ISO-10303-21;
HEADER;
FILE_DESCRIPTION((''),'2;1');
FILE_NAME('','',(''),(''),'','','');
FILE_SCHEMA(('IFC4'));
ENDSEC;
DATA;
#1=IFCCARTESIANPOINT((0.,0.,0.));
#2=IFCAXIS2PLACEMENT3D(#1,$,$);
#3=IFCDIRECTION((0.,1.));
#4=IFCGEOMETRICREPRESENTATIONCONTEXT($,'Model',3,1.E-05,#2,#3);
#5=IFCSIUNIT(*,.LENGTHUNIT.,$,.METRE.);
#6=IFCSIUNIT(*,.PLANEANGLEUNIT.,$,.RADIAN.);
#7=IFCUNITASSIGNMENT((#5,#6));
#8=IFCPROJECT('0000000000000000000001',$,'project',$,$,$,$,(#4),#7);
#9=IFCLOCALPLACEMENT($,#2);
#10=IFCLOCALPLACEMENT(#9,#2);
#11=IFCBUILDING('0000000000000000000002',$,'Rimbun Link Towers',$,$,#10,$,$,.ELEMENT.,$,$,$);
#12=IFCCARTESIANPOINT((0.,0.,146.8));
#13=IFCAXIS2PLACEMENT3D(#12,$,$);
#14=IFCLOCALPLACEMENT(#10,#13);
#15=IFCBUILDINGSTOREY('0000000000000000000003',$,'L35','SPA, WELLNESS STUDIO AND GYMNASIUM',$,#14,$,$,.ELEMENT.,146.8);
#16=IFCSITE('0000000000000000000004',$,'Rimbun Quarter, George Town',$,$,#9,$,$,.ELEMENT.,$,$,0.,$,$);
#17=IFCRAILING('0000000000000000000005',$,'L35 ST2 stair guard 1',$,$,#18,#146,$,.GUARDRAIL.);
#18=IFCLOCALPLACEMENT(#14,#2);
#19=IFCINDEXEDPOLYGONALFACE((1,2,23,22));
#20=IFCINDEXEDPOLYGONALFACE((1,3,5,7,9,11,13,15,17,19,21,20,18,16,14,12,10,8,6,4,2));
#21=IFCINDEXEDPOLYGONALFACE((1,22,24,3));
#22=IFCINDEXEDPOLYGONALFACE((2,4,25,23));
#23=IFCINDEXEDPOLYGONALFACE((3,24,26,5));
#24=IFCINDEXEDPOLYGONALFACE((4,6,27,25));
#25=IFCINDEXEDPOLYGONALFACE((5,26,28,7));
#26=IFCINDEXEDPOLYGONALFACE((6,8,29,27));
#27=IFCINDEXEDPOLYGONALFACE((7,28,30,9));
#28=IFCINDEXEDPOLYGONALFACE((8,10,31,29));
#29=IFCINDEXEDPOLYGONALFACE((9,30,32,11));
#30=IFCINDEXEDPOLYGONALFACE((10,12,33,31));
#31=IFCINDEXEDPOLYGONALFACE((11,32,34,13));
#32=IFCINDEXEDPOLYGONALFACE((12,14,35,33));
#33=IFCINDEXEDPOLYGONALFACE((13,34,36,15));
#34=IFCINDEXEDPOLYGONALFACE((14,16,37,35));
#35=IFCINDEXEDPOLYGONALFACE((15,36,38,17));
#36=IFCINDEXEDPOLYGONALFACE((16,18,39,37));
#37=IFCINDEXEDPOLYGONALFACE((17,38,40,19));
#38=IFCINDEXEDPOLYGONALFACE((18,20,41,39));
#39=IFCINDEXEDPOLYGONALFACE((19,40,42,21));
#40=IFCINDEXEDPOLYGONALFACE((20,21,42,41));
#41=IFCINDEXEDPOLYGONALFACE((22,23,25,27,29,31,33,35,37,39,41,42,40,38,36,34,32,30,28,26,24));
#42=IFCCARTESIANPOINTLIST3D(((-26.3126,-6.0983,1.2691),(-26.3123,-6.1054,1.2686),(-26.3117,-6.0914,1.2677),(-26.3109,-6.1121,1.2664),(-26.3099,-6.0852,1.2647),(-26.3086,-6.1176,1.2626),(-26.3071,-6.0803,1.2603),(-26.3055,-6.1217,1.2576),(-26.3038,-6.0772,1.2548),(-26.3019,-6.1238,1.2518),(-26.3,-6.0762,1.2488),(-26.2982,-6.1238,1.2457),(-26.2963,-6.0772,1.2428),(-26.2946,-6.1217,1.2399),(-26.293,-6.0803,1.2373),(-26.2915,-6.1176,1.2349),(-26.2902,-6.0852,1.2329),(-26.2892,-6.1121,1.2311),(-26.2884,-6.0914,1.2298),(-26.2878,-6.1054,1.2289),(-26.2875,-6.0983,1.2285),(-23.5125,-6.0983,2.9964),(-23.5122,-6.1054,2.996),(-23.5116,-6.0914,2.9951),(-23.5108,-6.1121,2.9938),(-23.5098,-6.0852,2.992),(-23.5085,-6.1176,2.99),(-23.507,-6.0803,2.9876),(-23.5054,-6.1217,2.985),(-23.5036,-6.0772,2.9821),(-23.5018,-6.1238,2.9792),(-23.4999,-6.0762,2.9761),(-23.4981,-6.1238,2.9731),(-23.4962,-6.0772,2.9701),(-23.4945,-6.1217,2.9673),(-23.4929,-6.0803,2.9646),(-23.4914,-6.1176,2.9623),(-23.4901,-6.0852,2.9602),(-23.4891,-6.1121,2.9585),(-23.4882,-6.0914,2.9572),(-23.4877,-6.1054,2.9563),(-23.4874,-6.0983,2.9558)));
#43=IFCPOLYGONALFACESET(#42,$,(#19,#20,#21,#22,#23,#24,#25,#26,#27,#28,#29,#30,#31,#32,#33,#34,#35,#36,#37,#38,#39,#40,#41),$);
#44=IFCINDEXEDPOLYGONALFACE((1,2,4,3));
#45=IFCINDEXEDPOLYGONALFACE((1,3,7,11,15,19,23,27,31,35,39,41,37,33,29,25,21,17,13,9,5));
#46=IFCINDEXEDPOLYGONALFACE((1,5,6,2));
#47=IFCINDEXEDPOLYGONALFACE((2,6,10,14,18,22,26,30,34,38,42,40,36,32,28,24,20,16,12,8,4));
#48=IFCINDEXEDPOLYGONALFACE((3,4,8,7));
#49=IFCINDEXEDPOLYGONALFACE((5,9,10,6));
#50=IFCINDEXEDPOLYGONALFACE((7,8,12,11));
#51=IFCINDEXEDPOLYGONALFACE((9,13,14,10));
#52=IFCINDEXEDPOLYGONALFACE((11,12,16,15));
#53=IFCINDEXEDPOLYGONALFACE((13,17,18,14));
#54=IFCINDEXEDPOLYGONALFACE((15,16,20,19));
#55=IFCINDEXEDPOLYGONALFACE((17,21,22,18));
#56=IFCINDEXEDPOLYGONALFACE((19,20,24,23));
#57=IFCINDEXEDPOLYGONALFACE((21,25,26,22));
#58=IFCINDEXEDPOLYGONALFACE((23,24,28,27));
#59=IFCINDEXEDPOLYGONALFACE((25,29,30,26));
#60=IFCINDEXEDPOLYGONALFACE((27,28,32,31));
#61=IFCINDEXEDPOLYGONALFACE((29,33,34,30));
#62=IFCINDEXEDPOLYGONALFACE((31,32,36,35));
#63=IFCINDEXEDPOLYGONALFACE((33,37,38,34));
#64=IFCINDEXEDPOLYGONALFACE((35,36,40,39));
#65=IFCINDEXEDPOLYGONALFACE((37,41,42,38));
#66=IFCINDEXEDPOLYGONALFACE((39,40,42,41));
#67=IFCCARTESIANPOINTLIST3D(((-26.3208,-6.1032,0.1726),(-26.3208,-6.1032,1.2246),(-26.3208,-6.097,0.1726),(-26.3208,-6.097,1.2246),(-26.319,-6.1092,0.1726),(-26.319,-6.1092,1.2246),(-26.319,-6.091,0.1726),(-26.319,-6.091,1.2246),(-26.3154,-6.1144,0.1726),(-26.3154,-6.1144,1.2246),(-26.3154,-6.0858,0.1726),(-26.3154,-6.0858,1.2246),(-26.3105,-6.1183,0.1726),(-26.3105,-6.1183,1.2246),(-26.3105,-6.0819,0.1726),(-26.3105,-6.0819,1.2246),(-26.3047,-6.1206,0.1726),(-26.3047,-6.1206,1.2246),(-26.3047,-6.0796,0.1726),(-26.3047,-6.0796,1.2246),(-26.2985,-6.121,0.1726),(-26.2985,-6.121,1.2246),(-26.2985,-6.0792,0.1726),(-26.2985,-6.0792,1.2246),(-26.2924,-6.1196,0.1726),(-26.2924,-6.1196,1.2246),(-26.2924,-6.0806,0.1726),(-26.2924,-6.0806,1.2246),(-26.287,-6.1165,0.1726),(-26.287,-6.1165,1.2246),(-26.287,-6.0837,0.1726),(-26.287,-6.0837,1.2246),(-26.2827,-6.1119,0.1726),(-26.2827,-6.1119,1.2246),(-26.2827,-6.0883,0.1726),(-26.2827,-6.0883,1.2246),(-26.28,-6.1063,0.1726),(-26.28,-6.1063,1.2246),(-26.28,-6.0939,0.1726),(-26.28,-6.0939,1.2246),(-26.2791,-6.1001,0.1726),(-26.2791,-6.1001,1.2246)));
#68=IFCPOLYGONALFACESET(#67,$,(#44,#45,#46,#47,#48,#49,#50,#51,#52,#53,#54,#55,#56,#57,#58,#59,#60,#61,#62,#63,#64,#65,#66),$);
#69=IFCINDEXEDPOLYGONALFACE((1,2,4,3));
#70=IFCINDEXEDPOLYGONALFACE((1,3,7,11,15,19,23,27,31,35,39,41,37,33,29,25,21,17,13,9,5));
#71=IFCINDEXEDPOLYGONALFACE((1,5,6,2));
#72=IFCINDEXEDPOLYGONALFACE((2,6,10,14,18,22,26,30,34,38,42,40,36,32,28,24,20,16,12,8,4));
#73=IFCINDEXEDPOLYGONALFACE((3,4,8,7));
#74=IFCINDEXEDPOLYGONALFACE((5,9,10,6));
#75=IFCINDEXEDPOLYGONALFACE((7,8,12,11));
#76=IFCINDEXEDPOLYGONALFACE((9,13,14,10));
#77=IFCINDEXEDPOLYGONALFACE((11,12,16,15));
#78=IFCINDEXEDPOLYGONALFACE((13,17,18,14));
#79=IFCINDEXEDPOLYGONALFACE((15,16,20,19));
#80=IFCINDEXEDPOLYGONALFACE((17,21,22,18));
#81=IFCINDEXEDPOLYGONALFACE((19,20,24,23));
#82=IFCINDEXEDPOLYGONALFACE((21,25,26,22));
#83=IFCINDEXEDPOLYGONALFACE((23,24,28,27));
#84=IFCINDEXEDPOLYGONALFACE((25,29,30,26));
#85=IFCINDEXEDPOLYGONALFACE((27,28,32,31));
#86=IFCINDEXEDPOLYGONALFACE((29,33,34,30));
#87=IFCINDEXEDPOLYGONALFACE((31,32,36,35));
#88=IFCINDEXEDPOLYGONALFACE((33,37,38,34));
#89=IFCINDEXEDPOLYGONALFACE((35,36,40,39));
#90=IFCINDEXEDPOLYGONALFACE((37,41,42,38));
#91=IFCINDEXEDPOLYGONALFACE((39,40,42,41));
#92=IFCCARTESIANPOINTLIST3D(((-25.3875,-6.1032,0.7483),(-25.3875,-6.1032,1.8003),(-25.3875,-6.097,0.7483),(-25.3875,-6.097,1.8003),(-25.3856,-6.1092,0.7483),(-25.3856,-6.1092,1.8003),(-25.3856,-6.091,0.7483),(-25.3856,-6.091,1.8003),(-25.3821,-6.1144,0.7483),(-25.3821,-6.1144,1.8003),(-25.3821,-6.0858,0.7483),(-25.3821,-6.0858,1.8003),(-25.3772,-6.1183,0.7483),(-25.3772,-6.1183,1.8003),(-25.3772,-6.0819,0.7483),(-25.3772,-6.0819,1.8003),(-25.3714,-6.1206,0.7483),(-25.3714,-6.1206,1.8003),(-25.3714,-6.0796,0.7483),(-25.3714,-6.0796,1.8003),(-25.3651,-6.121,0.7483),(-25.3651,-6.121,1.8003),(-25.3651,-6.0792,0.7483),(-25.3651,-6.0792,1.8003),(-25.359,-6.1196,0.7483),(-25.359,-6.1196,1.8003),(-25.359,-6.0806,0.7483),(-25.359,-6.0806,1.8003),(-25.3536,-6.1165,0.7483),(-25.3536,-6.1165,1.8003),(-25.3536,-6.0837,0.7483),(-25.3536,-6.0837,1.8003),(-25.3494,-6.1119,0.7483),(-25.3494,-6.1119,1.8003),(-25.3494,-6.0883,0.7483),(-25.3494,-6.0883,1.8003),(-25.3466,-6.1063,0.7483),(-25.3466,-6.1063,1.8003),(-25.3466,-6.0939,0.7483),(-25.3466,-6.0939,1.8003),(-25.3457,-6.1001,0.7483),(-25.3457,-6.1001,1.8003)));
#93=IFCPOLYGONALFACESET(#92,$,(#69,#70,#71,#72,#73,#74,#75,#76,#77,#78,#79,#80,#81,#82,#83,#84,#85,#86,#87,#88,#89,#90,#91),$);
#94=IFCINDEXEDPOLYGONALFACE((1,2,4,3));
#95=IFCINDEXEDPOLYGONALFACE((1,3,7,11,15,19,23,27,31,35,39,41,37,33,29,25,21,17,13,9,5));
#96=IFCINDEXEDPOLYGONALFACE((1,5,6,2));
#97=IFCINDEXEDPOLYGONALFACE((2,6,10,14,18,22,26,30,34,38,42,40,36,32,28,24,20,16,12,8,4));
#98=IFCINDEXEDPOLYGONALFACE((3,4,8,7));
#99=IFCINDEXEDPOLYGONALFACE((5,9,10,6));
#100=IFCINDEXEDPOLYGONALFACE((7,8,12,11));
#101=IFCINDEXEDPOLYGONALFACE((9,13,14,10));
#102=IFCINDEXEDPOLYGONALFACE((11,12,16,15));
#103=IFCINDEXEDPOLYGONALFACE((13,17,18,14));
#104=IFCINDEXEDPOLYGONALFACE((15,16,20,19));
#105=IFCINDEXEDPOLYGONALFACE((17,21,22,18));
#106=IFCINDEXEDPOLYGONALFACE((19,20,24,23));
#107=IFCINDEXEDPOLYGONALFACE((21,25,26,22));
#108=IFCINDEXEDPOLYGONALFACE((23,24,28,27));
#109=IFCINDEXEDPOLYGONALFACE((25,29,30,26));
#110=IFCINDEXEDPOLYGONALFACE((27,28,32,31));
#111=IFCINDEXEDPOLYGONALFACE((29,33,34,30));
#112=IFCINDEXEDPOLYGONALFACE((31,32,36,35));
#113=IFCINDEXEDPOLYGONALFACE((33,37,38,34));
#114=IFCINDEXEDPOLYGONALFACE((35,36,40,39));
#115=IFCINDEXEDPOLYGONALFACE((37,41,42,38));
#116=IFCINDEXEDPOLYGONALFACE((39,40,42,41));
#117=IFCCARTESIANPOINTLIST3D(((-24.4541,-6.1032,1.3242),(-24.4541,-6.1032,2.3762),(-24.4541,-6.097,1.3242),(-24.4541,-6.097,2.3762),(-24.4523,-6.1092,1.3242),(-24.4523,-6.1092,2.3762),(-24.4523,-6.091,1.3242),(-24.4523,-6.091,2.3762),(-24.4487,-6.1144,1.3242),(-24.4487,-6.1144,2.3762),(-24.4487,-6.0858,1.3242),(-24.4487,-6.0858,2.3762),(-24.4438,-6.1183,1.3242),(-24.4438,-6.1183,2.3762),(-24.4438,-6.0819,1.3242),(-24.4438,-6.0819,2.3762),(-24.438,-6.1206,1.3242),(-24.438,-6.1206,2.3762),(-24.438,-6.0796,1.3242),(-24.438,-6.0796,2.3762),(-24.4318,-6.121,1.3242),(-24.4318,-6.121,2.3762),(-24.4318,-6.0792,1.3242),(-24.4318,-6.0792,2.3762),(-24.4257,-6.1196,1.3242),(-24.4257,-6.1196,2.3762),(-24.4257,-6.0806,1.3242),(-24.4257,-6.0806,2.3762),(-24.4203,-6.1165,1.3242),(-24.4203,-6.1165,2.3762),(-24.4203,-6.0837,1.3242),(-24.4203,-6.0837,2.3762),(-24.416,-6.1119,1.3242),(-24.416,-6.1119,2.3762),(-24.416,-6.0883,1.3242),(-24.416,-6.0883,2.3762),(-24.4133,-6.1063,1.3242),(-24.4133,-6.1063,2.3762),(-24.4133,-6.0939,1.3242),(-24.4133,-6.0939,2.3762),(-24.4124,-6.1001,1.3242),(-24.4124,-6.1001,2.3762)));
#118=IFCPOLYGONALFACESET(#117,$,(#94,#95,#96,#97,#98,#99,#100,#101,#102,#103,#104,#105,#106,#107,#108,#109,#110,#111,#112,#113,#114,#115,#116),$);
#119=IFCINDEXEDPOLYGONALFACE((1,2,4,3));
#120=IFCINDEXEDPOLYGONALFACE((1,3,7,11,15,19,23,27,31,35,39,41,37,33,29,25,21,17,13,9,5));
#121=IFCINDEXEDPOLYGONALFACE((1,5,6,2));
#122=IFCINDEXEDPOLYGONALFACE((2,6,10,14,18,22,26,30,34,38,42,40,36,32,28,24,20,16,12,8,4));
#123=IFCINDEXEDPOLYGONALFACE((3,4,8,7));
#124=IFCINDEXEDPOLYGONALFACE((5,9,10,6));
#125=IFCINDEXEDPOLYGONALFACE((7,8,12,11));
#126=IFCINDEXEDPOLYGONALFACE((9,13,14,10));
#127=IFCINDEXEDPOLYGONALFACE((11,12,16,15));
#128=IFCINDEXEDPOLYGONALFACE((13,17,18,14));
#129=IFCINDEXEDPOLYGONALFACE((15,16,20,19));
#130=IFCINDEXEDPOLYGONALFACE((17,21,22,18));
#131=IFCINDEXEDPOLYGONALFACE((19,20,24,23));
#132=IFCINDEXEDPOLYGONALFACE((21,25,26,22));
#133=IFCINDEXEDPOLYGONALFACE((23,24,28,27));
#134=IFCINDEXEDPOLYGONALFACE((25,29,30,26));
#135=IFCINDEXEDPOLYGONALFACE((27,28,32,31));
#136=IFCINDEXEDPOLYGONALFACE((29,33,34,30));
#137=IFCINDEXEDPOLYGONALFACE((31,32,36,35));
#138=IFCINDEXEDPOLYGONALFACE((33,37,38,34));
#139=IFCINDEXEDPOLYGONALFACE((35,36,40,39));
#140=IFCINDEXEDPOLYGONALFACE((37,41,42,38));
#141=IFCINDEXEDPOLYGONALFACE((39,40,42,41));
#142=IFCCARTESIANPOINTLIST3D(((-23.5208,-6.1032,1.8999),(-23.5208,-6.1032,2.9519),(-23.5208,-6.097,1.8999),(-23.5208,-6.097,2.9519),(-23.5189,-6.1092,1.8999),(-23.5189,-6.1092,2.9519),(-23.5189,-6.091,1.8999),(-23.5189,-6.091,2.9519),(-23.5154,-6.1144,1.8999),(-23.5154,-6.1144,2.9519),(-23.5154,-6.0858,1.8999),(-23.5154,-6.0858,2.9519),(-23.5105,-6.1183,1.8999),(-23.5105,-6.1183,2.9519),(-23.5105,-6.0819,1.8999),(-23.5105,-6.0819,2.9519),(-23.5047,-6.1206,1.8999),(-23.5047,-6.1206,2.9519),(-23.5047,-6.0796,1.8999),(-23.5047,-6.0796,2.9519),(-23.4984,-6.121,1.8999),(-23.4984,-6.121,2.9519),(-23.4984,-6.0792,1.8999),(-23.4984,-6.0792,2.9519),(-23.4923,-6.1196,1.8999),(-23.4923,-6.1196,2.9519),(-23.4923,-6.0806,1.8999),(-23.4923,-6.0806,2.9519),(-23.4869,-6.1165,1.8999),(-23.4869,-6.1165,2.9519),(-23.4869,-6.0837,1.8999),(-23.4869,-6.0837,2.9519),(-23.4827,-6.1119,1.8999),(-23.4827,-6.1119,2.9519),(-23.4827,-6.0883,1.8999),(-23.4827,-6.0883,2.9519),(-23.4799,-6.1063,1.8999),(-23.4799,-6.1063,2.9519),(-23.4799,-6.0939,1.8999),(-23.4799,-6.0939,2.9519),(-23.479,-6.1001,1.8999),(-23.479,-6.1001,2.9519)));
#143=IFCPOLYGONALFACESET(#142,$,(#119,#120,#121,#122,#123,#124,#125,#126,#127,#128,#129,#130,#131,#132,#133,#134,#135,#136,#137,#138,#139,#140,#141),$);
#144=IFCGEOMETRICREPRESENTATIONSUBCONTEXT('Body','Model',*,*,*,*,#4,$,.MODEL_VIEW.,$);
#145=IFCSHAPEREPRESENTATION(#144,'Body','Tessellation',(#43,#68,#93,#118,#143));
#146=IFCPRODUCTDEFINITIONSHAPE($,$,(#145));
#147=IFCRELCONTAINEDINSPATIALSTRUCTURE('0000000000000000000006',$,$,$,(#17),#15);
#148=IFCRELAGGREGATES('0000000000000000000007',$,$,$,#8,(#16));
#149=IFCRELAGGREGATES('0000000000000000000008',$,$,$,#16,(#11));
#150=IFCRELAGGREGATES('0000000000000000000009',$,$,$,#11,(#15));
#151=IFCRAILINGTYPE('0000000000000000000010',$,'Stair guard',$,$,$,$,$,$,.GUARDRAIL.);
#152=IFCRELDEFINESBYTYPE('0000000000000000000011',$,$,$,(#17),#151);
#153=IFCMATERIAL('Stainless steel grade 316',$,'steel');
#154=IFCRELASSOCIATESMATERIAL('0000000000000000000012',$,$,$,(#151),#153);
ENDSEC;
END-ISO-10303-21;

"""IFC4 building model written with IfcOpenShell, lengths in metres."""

from ifc_helpers import new_model, si_unit, direction, frame, origin, origin_2d, place, context, subcontext, project, spatial, circle, extrude, material, type_object, element, save


model = new_model("IFC4")

# Units and contexts
model_context = context("Model", 3, precision=1e-05, world=origin(), true_north=direction((0.0, 1.0)))
body_context = subcontext(model_context, "Body", "Model", "MODEL_VIEW")
ifc_project = project(units=[si_unit("LENGTHUNIT", "METRE"), si_unit("PLANEANGLEUNIT", "RADIAN")], contexts=[model_context])

# Site, building, storey
site_placement = place(None, origin())
site = spatial("IfcSite", under=ifc_project, at=site_placement, Name="Rimbun Quarter, George Town", CompositionType="ELEMENT", RefElevation=0.0)
building_placement = place(site_placement, origin())
building = spatial("IfcBuilding", under=site, at=building_placement, Name="Rimbun Link Towers", CompositionType="ELEMENT")
storey_placement = place(building_placement, frame((0.0, 0.0, 146.8)))
storey = spatial("IfcBuildingStorey", under=building, at=storey_placement, Name="L35", Description="SPA, WELLNESS STUDIO AND GYMNASIUM", CompositionType="ELEMENT", Elevation=146.8)

# Railing
ifc_material_1 = material(Name="Stainless steel grade 316", Category="steel")
railing_type_1 = type_object("IfcRailingType", Name="Stair guard", PredefinedType="GUARDRAIL", material=ifc_material_1)
railing_1_placement = place(storey_placement, frame((-26.3, -6.1001, 0.1726)))
element("IfcRailing", 1, at=railing_1_placement, inside=storey, type_object=railing_type_1, Name="L35 ST2 stair guard 1", PredefinedType="GUARDRAIL", context=body_context, shape_type="SweptSolid", body=[
    extrude(circle(Radius=0.0239, at=origin_2d()), frame((0.0, 0.0, 1.0762), z_axis=(0.85109, 0.0, 0.52502), x_axis=(0.0, 1.0, 0.0)), (0.0, 0.0, 1.0), 3.29),
    extrude(circle(Radius=0.021, at=origin_2d()), origin(), (0.0, 0.0, 1.0), 1.052),
    extrude(circle(Radius=0.021, at=origin_2d()), frame((0.9333, 0.0, 0.5757)), (0.0, 0.0, 1.0), 1.052),
    extrude(circle(Radius=0.021, at=origin_2d()), frame((1.8667, 0.0, 1.1516)), (0.0, 0.0, 1.0), 1.052),
    extrude(circle(Radius=0.021, at=origin_2d()), frame((2.8, 0.0, 1.7273)), (0.0, 0.0, 1.0), 1.052),
])

save(model, "model.ifc")
